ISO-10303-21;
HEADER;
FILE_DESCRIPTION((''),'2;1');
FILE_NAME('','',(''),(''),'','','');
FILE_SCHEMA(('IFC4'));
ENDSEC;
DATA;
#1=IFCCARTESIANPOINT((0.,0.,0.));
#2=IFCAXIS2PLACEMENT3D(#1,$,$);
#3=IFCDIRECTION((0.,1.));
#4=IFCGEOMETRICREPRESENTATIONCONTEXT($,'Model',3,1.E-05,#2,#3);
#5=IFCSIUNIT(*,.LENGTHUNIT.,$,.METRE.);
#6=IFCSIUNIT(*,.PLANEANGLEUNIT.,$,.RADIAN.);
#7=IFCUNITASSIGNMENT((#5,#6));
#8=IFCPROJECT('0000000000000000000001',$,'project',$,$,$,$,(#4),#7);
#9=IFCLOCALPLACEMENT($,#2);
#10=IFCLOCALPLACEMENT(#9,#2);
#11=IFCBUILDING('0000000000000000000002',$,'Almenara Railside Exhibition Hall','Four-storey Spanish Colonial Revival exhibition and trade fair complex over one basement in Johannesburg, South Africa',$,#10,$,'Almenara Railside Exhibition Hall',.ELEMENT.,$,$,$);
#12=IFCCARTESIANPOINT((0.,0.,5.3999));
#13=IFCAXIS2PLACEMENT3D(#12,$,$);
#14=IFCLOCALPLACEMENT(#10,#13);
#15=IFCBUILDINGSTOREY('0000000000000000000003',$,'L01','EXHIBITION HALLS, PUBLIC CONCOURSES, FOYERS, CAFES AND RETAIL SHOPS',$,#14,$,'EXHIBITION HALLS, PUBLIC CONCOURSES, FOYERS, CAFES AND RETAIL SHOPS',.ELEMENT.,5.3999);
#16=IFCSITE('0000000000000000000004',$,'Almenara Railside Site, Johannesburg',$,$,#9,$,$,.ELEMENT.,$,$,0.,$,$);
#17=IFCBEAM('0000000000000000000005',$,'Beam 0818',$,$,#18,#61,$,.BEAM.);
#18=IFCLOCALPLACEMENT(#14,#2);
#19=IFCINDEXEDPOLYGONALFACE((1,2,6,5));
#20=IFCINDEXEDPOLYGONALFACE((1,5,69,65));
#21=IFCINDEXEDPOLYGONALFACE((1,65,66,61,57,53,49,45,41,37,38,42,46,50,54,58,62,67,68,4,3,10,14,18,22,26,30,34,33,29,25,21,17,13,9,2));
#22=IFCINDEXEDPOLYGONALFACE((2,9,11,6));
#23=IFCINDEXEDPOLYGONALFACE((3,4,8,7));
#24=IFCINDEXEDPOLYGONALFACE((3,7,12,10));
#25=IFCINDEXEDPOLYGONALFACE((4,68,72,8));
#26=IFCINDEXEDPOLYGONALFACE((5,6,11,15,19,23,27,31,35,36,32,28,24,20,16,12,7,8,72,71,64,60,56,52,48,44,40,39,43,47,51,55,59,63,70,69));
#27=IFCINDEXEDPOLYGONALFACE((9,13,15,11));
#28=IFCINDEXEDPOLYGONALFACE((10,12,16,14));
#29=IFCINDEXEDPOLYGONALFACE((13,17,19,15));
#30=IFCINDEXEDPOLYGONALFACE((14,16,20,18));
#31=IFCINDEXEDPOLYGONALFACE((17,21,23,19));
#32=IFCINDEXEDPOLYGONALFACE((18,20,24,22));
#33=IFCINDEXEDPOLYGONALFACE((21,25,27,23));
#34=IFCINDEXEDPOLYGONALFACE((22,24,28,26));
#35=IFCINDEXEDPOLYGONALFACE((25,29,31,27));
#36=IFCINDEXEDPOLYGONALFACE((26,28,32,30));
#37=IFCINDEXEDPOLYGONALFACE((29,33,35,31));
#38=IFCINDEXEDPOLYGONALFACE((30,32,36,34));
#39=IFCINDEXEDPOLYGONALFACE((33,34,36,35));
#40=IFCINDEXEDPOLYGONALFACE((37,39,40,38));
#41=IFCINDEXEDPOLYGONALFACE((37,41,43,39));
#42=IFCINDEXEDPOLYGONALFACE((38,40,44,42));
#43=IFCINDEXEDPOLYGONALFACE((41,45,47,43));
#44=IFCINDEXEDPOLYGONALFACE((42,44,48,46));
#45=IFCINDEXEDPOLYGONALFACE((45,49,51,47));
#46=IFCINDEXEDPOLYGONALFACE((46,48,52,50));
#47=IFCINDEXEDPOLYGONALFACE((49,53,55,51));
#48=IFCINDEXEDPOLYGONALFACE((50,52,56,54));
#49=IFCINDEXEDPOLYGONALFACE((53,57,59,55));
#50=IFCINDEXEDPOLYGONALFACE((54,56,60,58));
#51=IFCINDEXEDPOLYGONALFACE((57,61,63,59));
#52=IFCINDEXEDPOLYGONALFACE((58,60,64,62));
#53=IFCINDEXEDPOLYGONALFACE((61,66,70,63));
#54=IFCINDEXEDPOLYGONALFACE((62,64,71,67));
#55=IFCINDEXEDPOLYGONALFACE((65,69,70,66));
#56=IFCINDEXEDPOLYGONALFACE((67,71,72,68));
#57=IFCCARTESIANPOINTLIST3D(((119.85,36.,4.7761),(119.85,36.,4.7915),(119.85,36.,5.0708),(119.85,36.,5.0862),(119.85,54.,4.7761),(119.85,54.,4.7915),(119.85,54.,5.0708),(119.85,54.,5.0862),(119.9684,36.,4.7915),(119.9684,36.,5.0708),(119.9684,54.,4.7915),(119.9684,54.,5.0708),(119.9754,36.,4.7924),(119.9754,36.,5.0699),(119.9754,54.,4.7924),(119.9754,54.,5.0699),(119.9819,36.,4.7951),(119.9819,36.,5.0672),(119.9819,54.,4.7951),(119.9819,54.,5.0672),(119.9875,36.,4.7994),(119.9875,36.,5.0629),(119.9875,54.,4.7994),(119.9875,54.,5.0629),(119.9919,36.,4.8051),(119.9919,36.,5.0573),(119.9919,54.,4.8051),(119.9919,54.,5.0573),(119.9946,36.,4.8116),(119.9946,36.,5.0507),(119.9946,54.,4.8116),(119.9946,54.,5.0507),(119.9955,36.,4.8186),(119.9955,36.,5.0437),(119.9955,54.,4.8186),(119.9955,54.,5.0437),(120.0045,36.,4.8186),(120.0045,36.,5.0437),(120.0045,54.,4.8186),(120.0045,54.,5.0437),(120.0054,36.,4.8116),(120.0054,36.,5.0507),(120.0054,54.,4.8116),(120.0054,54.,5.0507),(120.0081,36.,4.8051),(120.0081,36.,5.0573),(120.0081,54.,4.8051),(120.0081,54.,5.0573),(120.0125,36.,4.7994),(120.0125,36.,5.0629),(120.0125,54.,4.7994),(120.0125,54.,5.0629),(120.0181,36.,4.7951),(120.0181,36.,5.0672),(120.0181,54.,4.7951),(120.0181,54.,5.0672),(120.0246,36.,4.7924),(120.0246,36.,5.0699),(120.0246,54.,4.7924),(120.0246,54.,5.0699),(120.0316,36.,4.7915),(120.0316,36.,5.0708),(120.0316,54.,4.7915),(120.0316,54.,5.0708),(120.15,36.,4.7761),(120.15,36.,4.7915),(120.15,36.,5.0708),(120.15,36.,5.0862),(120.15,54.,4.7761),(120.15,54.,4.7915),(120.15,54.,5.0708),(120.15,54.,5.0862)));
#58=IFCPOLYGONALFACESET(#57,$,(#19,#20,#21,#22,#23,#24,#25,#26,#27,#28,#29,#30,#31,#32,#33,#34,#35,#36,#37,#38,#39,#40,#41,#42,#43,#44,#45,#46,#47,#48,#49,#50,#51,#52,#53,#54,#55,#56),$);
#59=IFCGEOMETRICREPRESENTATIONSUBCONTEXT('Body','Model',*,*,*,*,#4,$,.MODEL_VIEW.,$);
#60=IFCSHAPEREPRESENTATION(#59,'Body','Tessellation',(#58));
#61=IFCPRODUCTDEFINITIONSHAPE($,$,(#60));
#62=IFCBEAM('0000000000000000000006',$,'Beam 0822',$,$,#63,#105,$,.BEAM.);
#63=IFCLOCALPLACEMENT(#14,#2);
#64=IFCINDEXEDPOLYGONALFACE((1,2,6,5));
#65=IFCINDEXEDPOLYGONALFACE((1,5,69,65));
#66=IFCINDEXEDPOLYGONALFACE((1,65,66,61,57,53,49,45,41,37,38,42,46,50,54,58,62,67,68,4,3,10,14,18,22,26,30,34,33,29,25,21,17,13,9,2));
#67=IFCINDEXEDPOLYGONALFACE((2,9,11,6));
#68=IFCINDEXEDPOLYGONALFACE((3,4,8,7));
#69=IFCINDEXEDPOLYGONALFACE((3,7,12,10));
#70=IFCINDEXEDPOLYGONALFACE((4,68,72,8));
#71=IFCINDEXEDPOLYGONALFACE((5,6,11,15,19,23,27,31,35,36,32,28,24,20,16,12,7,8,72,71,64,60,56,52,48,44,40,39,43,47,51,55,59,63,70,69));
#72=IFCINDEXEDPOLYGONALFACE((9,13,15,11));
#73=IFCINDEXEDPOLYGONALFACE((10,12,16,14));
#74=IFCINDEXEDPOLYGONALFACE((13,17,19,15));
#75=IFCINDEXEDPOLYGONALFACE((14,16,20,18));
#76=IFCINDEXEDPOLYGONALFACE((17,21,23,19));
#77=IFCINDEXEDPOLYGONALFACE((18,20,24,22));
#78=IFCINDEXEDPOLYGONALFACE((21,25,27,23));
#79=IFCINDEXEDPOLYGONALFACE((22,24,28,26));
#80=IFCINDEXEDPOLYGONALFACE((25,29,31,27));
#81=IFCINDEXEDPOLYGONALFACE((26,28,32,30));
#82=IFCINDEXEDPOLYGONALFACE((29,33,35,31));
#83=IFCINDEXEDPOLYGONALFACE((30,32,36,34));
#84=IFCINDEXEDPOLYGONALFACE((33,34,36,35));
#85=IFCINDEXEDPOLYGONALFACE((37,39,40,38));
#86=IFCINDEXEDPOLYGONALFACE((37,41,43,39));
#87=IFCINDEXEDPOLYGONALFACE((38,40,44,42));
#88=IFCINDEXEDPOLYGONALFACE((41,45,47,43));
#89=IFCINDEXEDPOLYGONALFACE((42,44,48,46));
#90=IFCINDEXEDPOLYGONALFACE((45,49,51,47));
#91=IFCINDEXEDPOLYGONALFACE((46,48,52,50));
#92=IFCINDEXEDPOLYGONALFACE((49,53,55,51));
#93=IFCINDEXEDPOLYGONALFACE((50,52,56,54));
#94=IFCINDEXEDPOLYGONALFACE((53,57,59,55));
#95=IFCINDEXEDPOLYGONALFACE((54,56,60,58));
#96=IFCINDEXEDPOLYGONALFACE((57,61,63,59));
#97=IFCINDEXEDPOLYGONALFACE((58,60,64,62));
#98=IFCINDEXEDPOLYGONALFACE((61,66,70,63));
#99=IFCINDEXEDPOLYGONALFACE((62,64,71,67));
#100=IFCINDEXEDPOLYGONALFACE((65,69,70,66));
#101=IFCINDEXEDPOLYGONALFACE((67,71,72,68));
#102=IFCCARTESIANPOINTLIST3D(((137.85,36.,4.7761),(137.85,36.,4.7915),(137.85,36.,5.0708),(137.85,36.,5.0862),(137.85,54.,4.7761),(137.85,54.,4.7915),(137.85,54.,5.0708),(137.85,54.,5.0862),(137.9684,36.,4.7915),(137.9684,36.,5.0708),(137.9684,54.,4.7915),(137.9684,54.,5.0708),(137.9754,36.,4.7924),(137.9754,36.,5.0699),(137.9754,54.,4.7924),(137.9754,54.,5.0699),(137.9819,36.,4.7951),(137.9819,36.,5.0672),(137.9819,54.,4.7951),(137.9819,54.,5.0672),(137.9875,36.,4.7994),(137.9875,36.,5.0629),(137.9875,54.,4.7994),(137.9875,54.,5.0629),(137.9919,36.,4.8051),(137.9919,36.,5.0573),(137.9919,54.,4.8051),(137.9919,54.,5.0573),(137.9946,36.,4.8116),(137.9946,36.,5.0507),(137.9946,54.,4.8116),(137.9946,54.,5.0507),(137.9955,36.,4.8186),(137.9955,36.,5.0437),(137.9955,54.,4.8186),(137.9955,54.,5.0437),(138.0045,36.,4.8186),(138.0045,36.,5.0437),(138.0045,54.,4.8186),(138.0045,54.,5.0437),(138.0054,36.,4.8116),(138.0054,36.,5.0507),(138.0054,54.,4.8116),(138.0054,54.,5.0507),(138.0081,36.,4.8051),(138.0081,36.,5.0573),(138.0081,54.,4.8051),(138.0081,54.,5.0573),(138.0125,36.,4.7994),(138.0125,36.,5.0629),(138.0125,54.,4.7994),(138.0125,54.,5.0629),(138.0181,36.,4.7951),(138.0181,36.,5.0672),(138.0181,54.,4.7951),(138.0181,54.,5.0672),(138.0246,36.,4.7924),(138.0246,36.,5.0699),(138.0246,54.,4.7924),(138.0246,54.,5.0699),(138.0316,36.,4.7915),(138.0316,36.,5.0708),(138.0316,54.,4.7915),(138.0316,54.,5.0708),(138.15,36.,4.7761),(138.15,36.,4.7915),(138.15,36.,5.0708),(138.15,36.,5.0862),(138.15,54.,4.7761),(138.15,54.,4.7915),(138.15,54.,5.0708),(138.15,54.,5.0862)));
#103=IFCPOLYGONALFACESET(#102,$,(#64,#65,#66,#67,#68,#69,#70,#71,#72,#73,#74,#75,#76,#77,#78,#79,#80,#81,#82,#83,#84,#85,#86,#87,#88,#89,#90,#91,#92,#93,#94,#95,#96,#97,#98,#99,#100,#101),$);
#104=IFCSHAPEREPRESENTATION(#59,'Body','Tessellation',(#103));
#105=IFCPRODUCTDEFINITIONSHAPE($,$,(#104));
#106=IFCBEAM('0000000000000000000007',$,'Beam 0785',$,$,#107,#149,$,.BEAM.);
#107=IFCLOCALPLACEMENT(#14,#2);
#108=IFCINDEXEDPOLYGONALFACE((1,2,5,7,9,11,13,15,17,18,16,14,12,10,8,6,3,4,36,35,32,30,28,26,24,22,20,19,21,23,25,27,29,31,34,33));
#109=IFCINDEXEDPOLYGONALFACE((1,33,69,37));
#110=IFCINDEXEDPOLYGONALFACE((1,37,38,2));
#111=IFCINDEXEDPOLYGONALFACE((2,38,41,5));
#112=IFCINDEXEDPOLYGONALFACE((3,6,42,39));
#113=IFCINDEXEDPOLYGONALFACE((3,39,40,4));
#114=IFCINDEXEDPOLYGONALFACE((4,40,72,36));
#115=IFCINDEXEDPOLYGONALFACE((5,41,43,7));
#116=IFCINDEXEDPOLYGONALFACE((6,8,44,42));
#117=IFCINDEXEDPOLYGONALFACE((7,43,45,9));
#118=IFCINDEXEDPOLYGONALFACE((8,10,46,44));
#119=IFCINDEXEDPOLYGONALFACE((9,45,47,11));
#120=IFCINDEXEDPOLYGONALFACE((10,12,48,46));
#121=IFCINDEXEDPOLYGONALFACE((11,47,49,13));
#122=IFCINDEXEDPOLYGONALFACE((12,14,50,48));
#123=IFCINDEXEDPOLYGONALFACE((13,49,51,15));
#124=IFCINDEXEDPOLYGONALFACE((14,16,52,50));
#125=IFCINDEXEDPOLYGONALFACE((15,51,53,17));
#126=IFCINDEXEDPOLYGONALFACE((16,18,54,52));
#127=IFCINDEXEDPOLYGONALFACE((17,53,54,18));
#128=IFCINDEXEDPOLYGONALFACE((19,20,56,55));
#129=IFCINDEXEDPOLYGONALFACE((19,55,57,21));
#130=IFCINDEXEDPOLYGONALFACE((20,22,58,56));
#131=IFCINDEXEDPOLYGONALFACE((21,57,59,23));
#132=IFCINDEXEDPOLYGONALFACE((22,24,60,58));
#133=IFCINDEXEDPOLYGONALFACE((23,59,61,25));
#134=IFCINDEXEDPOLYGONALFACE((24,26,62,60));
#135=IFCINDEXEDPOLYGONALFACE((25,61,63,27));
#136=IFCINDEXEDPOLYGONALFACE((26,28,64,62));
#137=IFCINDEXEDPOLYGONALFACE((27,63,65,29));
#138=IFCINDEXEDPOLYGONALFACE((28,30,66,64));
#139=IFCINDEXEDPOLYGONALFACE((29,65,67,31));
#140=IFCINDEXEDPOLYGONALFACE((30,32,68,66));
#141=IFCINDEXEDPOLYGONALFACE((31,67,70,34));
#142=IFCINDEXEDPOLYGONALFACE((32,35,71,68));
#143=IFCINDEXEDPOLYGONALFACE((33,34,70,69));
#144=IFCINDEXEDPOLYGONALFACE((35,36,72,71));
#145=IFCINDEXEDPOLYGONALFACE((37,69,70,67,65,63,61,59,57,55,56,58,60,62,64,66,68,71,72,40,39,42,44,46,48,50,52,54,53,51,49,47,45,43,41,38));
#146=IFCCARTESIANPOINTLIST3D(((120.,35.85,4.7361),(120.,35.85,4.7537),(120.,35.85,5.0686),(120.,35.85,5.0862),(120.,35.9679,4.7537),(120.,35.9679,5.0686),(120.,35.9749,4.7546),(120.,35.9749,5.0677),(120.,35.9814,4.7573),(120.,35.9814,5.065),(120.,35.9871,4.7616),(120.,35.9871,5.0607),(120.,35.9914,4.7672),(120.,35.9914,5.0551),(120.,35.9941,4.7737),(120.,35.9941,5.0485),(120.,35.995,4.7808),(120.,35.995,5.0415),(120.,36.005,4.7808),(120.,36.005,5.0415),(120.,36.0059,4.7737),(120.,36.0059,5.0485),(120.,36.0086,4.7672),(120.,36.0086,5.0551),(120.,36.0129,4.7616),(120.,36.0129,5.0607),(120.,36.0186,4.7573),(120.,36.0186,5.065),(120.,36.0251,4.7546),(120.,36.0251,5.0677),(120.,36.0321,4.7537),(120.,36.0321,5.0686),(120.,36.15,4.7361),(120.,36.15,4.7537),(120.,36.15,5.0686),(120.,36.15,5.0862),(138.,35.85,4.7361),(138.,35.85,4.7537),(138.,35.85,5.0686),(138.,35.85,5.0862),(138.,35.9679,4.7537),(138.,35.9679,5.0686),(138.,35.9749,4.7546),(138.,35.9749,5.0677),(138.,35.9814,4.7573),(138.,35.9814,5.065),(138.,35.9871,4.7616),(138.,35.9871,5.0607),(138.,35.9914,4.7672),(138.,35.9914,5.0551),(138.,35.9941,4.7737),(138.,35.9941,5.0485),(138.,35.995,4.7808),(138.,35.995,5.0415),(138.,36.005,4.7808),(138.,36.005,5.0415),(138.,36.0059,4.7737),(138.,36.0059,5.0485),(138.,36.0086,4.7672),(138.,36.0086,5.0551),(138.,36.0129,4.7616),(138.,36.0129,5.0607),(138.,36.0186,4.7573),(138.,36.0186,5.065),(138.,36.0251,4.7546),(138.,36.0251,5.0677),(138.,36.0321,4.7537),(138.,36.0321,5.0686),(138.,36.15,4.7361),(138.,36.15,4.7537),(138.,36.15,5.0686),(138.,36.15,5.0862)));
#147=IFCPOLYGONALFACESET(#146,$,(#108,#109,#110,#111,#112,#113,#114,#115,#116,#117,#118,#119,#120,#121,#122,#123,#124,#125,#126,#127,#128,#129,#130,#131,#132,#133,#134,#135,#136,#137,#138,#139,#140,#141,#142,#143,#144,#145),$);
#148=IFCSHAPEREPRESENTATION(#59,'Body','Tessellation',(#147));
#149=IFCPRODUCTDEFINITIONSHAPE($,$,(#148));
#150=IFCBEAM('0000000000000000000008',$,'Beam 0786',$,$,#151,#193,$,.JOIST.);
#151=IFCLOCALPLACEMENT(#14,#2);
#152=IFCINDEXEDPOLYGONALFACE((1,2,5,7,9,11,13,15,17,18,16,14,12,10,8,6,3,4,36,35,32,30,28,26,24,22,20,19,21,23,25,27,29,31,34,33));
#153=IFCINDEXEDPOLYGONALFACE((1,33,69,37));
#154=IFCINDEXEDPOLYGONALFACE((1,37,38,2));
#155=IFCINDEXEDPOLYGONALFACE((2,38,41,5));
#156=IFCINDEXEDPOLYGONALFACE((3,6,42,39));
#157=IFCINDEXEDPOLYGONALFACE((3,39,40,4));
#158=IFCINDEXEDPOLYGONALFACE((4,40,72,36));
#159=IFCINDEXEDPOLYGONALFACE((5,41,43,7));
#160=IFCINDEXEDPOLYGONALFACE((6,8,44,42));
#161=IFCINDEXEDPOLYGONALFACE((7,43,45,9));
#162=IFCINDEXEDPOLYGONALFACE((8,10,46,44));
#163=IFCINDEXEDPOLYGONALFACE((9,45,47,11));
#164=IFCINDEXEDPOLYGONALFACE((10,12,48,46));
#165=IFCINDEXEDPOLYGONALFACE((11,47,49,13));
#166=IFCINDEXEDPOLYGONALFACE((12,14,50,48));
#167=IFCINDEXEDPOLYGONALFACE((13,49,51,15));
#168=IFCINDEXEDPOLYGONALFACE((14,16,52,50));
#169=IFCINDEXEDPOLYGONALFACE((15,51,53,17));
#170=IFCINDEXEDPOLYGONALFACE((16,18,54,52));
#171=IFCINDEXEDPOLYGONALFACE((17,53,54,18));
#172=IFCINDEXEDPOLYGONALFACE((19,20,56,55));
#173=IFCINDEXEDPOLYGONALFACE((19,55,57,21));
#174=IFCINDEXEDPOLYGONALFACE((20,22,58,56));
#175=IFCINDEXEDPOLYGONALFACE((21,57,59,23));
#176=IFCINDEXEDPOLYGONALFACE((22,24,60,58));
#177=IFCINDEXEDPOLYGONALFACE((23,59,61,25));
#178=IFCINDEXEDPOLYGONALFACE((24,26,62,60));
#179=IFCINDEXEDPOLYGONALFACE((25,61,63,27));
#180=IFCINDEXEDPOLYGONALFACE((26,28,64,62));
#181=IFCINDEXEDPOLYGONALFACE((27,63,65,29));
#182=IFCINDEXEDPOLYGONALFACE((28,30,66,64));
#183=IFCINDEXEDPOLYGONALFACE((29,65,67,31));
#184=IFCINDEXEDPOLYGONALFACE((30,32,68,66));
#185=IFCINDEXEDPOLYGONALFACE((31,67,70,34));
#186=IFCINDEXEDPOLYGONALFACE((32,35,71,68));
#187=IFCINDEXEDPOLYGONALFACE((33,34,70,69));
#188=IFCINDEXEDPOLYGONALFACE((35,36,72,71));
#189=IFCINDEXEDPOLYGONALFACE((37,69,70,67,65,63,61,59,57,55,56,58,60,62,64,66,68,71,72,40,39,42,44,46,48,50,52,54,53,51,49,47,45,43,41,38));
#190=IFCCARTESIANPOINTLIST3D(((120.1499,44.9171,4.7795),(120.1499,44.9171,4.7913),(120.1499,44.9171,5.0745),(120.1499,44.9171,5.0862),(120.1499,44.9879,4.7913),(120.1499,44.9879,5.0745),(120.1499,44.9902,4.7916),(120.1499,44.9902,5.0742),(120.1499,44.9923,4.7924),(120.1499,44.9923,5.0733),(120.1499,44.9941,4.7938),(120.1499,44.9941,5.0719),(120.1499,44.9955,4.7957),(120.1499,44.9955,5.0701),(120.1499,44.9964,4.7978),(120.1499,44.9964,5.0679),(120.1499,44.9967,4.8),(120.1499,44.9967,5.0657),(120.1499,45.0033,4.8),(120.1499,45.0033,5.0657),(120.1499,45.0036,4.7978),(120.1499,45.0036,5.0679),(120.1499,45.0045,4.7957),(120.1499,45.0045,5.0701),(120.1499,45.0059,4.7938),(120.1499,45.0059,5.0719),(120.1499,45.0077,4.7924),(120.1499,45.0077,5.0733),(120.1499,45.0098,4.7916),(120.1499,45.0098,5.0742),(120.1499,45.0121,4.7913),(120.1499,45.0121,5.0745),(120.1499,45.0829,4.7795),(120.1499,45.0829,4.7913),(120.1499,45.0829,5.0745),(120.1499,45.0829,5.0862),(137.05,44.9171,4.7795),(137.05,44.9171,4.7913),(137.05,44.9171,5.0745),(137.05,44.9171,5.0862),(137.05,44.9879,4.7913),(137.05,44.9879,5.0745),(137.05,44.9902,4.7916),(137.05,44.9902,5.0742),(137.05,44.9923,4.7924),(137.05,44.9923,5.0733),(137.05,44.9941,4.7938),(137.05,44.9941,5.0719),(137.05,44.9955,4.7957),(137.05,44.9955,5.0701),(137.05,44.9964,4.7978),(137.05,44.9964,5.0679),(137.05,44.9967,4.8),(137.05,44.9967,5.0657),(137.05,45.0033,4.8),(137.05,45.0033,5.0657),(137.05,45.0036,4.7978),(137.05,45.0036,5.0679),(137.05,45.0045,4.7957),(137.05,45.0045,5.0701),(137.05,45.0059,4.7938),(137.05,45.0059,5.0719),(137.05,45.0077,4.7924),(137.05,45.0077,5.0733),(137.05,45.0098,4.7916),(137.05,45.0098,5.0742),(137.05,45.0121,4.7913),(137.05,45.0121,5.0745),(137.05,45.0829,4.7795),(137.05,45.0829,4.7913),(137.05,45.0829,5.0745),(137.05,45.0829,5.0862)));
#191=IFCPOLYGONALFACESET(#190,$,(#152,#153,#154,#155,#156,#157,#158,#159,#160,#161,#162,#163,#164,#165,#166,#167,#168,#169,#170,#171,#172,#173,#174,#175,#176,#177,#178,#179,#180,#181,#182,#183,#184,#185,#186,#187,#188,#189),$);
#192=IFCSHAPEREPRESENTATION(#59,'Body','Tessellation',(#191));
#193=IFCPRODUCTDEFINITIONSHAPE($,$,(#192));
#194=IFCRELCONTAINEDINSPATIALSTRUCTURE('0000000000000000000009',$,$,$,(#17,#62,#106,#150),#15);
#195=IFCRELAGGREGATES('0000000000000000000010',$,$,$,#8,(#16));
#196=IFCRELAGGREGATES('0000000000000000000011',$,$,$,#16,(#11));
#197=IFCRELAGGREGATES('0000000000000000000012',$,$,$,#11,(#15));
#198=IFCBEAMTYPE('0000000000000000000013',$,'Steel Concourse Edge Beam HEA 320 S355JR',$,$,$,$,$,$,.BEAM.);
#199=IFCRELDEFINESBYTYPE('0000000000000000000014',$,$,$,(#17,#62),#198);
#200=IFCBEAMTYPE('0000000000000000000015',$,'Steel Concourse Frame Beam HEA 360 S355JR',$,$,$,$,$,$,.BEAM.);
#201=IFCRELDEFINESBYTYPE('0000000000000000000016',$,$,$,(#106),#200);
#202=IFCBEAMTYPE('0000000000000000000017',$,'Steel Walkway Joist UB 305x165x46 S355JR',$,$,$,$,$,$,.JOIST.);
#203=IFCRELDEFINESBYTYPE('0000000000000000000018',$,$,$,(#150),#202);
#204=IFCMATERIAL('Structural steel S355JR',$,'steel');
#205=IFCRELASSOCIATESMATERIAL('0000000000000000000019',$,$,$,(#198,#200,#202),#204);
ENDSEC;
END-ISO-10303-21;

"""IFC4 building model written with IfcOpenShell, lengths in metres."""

from ifc_helpers import new_model, si_unit, direction, frame, origin, origin_2d, place, context, subcontext, project, spatial, i_section, extrude, material, material_profile, profile_set, type_object, element, save


model = new_model("IFC4")

# Units and contexts
model_context = context("Model", 3, precision=1e-05, world=origin(), true_north=direction((0.0, 1.0)))
body_context = subcontext(model_context, "Body", "Model", "MODEL_VIEW")
ifc_project = project(units=[si_unit("LENGTHUNIT", "METRE"), si_unit("PLANEANGLEUNIT", "RADIAN")], contexts=[model_context])

# Site, building, storey
site_placement = place(None, origin())
site = spatial("IfcSite", under=ifc_project, at=site_placement, Name="Almenara Railside Site, Johannesburg", CompositionType="ELEMENT", RefElevation=0.0)
building_placement = place(site_placement, origin())
building = spatial("IfcBuilding", under=site, at=building_placement, Name="Almenara Railside Exhibition Hall", Description="Four-storey Spanish Colonial Revival exhibition and trade fair complex over one basement in Johannesburg, South Africa", LongName="Almenara Railside Exhibition Hall", CompositionType="ELEMENT")
storey_placement = place(building_placement, frame((0.0, 0.0, 5.3999)))
storey = spatial("IfcBuildingStorey", under=building, at=storey_placement, Name="L01", Description="EXHIBITION HALLS, PUBLIC CONCOURSES, FOYERS, CAFES AND RETAIL SHOPS", LongName="EXHIBITION HALLS, PUBLIC CONCOURSES, FOYERS, CAFES AND RETAIL SHOPS", CompositionType="ELEMENT", Elevation=5.3999)

# Beams
ifc_material_1 = material(Name="Structural steel S355JR", Category="steel")
ifc_material_profile_1 = material_profile(ifc_material_1, i_section(OverallWidth=0.3, OverallDepth=0.3101, WebThickness=0.009, FlangeThickness=0.0154, FilletRadius=0.0271, at=origin_2d()), Name="HEA 320")
ifc_profile_set_1 = profile_set([ifc_material_profile_1], Name="Structural steel S355JR")
beam_type_1 = type_object("IfcBeamType", Name="Steel Concourse Edge Beam HEA 320 S355JR", PredefinedType="BEAM", material=ifc_profile_set_1)
for number, where, z_axis, x_axis, name in (
    (1, (120.0, 36.0, 4.9312), (0.0, 1.0, 0.0), (-1.0, 0.0, 0.0), "Beam 0818"),
    (2, (138.0, 36.0, 4.9312), (0.0, 1.0, 0.0), (-1.0, 0.0, 0.0), "Beam 0822"),
):
    element("IfcBeam", number, at=place(storey_placement, frame(where, z_axis=z_axis, x_axis=x_axis)), inside=storey, type_object=beam_type_1, Name=name, PredefinedType="BEAM", context=body_context, shape_type="SweptSolid", body=[
        extrude(i_section(OverallWidth=0.3, OverallDepth=0.3101, WebThickness=0.009, FlangeThickness=0.0154, FilletRadius=0.0271, at=origin_2d()), origin(), (0.0, 0.0, 1.0), 18.0),
    ])
ifc_material_profile_2 = material_profile(ifc_material_1, i_section(OverallWidth=0.3, OverallDepth=0.3501, WebThickness=0.01, FlangeThickness=0.0176, FilletRadius=0.0271, at=origin_2d()), Name="HEA 360")
ifc_profile_set_2 = profile_set([ifc_material_profile_2], Name="Structural steel S355JR")
beam_type_2 = type_object("IfcBeamType", Name="Steel Concourse Frame Beam HEA 360 S355JR", PredefinedType="BEAM", material=ifc_profile_set_2)
beam_1_placement = place(storey_placement, frame((120.0, 36.0, 4.9111), z_axis=(1.0, 0.0, 0.0), x_axis=(0.0, 1.0, 0.0)))
element("IfcBeam", 3, at=beam_1_placement, inside=storey, type_object=beam_type_2, Name="Beam 0785", PredefinedType="BEAM", context=body_context, shape_type="SweptSolid", body=[
    extrude(i_section(OverallWidth=0.3, OverallDepth=0.3501, WebThickness=0.01, FlangeThickness=0.0176, FilletRadius=0.0271, at=origin_2d()), origin(), (0.0, 0.0, 1.0), 18.0),
])
ifc_material_profile_3 = material_profile(ifc_material_1, i_section(OverallWidth=0.1658, OverallDepth=0.3066, WebThickness=0.0066, FlangeThickness=0.0117, FilletRadius=0.0088, at=origin_2d()), Name="UB 305x165x46")
ifc_profile_set_3 = profile_set([ifc_material_profile_3], Name="Structural steel S355JR")
beam_type_3 = type_object("IfcBeamType", Name="Steel Walkway Joist UB 305x165x46 S355JR", PredefinedType="JOIST", material=ifc_profile_set_3)
beam_2_placement = place(storey_placement, frame((120.1499, 45.0, 4.9329), z_axis=(1.0, 0.0, 0.0), x_axis=(0.0, 1.0, 0.0)))
element("IfcBeam", 4, at=beam_2_placement, inside=storey, type_object=beam_type_3, Name="Beam 0786", PredefinedType="JOIST", context=body_context, shape_type="SweptSolid", body=[
    extrude(i_section(OverallWidth=0.1658, OverallDepth=0.3066, WebThickness=0.0066, FlangeThickness=0.0117, FilletRadius=0.0088, at=origin_2d()), origin(), (0.0, 0.0, 1.0), 16.9001),
])

save(model, "model.ifc")
